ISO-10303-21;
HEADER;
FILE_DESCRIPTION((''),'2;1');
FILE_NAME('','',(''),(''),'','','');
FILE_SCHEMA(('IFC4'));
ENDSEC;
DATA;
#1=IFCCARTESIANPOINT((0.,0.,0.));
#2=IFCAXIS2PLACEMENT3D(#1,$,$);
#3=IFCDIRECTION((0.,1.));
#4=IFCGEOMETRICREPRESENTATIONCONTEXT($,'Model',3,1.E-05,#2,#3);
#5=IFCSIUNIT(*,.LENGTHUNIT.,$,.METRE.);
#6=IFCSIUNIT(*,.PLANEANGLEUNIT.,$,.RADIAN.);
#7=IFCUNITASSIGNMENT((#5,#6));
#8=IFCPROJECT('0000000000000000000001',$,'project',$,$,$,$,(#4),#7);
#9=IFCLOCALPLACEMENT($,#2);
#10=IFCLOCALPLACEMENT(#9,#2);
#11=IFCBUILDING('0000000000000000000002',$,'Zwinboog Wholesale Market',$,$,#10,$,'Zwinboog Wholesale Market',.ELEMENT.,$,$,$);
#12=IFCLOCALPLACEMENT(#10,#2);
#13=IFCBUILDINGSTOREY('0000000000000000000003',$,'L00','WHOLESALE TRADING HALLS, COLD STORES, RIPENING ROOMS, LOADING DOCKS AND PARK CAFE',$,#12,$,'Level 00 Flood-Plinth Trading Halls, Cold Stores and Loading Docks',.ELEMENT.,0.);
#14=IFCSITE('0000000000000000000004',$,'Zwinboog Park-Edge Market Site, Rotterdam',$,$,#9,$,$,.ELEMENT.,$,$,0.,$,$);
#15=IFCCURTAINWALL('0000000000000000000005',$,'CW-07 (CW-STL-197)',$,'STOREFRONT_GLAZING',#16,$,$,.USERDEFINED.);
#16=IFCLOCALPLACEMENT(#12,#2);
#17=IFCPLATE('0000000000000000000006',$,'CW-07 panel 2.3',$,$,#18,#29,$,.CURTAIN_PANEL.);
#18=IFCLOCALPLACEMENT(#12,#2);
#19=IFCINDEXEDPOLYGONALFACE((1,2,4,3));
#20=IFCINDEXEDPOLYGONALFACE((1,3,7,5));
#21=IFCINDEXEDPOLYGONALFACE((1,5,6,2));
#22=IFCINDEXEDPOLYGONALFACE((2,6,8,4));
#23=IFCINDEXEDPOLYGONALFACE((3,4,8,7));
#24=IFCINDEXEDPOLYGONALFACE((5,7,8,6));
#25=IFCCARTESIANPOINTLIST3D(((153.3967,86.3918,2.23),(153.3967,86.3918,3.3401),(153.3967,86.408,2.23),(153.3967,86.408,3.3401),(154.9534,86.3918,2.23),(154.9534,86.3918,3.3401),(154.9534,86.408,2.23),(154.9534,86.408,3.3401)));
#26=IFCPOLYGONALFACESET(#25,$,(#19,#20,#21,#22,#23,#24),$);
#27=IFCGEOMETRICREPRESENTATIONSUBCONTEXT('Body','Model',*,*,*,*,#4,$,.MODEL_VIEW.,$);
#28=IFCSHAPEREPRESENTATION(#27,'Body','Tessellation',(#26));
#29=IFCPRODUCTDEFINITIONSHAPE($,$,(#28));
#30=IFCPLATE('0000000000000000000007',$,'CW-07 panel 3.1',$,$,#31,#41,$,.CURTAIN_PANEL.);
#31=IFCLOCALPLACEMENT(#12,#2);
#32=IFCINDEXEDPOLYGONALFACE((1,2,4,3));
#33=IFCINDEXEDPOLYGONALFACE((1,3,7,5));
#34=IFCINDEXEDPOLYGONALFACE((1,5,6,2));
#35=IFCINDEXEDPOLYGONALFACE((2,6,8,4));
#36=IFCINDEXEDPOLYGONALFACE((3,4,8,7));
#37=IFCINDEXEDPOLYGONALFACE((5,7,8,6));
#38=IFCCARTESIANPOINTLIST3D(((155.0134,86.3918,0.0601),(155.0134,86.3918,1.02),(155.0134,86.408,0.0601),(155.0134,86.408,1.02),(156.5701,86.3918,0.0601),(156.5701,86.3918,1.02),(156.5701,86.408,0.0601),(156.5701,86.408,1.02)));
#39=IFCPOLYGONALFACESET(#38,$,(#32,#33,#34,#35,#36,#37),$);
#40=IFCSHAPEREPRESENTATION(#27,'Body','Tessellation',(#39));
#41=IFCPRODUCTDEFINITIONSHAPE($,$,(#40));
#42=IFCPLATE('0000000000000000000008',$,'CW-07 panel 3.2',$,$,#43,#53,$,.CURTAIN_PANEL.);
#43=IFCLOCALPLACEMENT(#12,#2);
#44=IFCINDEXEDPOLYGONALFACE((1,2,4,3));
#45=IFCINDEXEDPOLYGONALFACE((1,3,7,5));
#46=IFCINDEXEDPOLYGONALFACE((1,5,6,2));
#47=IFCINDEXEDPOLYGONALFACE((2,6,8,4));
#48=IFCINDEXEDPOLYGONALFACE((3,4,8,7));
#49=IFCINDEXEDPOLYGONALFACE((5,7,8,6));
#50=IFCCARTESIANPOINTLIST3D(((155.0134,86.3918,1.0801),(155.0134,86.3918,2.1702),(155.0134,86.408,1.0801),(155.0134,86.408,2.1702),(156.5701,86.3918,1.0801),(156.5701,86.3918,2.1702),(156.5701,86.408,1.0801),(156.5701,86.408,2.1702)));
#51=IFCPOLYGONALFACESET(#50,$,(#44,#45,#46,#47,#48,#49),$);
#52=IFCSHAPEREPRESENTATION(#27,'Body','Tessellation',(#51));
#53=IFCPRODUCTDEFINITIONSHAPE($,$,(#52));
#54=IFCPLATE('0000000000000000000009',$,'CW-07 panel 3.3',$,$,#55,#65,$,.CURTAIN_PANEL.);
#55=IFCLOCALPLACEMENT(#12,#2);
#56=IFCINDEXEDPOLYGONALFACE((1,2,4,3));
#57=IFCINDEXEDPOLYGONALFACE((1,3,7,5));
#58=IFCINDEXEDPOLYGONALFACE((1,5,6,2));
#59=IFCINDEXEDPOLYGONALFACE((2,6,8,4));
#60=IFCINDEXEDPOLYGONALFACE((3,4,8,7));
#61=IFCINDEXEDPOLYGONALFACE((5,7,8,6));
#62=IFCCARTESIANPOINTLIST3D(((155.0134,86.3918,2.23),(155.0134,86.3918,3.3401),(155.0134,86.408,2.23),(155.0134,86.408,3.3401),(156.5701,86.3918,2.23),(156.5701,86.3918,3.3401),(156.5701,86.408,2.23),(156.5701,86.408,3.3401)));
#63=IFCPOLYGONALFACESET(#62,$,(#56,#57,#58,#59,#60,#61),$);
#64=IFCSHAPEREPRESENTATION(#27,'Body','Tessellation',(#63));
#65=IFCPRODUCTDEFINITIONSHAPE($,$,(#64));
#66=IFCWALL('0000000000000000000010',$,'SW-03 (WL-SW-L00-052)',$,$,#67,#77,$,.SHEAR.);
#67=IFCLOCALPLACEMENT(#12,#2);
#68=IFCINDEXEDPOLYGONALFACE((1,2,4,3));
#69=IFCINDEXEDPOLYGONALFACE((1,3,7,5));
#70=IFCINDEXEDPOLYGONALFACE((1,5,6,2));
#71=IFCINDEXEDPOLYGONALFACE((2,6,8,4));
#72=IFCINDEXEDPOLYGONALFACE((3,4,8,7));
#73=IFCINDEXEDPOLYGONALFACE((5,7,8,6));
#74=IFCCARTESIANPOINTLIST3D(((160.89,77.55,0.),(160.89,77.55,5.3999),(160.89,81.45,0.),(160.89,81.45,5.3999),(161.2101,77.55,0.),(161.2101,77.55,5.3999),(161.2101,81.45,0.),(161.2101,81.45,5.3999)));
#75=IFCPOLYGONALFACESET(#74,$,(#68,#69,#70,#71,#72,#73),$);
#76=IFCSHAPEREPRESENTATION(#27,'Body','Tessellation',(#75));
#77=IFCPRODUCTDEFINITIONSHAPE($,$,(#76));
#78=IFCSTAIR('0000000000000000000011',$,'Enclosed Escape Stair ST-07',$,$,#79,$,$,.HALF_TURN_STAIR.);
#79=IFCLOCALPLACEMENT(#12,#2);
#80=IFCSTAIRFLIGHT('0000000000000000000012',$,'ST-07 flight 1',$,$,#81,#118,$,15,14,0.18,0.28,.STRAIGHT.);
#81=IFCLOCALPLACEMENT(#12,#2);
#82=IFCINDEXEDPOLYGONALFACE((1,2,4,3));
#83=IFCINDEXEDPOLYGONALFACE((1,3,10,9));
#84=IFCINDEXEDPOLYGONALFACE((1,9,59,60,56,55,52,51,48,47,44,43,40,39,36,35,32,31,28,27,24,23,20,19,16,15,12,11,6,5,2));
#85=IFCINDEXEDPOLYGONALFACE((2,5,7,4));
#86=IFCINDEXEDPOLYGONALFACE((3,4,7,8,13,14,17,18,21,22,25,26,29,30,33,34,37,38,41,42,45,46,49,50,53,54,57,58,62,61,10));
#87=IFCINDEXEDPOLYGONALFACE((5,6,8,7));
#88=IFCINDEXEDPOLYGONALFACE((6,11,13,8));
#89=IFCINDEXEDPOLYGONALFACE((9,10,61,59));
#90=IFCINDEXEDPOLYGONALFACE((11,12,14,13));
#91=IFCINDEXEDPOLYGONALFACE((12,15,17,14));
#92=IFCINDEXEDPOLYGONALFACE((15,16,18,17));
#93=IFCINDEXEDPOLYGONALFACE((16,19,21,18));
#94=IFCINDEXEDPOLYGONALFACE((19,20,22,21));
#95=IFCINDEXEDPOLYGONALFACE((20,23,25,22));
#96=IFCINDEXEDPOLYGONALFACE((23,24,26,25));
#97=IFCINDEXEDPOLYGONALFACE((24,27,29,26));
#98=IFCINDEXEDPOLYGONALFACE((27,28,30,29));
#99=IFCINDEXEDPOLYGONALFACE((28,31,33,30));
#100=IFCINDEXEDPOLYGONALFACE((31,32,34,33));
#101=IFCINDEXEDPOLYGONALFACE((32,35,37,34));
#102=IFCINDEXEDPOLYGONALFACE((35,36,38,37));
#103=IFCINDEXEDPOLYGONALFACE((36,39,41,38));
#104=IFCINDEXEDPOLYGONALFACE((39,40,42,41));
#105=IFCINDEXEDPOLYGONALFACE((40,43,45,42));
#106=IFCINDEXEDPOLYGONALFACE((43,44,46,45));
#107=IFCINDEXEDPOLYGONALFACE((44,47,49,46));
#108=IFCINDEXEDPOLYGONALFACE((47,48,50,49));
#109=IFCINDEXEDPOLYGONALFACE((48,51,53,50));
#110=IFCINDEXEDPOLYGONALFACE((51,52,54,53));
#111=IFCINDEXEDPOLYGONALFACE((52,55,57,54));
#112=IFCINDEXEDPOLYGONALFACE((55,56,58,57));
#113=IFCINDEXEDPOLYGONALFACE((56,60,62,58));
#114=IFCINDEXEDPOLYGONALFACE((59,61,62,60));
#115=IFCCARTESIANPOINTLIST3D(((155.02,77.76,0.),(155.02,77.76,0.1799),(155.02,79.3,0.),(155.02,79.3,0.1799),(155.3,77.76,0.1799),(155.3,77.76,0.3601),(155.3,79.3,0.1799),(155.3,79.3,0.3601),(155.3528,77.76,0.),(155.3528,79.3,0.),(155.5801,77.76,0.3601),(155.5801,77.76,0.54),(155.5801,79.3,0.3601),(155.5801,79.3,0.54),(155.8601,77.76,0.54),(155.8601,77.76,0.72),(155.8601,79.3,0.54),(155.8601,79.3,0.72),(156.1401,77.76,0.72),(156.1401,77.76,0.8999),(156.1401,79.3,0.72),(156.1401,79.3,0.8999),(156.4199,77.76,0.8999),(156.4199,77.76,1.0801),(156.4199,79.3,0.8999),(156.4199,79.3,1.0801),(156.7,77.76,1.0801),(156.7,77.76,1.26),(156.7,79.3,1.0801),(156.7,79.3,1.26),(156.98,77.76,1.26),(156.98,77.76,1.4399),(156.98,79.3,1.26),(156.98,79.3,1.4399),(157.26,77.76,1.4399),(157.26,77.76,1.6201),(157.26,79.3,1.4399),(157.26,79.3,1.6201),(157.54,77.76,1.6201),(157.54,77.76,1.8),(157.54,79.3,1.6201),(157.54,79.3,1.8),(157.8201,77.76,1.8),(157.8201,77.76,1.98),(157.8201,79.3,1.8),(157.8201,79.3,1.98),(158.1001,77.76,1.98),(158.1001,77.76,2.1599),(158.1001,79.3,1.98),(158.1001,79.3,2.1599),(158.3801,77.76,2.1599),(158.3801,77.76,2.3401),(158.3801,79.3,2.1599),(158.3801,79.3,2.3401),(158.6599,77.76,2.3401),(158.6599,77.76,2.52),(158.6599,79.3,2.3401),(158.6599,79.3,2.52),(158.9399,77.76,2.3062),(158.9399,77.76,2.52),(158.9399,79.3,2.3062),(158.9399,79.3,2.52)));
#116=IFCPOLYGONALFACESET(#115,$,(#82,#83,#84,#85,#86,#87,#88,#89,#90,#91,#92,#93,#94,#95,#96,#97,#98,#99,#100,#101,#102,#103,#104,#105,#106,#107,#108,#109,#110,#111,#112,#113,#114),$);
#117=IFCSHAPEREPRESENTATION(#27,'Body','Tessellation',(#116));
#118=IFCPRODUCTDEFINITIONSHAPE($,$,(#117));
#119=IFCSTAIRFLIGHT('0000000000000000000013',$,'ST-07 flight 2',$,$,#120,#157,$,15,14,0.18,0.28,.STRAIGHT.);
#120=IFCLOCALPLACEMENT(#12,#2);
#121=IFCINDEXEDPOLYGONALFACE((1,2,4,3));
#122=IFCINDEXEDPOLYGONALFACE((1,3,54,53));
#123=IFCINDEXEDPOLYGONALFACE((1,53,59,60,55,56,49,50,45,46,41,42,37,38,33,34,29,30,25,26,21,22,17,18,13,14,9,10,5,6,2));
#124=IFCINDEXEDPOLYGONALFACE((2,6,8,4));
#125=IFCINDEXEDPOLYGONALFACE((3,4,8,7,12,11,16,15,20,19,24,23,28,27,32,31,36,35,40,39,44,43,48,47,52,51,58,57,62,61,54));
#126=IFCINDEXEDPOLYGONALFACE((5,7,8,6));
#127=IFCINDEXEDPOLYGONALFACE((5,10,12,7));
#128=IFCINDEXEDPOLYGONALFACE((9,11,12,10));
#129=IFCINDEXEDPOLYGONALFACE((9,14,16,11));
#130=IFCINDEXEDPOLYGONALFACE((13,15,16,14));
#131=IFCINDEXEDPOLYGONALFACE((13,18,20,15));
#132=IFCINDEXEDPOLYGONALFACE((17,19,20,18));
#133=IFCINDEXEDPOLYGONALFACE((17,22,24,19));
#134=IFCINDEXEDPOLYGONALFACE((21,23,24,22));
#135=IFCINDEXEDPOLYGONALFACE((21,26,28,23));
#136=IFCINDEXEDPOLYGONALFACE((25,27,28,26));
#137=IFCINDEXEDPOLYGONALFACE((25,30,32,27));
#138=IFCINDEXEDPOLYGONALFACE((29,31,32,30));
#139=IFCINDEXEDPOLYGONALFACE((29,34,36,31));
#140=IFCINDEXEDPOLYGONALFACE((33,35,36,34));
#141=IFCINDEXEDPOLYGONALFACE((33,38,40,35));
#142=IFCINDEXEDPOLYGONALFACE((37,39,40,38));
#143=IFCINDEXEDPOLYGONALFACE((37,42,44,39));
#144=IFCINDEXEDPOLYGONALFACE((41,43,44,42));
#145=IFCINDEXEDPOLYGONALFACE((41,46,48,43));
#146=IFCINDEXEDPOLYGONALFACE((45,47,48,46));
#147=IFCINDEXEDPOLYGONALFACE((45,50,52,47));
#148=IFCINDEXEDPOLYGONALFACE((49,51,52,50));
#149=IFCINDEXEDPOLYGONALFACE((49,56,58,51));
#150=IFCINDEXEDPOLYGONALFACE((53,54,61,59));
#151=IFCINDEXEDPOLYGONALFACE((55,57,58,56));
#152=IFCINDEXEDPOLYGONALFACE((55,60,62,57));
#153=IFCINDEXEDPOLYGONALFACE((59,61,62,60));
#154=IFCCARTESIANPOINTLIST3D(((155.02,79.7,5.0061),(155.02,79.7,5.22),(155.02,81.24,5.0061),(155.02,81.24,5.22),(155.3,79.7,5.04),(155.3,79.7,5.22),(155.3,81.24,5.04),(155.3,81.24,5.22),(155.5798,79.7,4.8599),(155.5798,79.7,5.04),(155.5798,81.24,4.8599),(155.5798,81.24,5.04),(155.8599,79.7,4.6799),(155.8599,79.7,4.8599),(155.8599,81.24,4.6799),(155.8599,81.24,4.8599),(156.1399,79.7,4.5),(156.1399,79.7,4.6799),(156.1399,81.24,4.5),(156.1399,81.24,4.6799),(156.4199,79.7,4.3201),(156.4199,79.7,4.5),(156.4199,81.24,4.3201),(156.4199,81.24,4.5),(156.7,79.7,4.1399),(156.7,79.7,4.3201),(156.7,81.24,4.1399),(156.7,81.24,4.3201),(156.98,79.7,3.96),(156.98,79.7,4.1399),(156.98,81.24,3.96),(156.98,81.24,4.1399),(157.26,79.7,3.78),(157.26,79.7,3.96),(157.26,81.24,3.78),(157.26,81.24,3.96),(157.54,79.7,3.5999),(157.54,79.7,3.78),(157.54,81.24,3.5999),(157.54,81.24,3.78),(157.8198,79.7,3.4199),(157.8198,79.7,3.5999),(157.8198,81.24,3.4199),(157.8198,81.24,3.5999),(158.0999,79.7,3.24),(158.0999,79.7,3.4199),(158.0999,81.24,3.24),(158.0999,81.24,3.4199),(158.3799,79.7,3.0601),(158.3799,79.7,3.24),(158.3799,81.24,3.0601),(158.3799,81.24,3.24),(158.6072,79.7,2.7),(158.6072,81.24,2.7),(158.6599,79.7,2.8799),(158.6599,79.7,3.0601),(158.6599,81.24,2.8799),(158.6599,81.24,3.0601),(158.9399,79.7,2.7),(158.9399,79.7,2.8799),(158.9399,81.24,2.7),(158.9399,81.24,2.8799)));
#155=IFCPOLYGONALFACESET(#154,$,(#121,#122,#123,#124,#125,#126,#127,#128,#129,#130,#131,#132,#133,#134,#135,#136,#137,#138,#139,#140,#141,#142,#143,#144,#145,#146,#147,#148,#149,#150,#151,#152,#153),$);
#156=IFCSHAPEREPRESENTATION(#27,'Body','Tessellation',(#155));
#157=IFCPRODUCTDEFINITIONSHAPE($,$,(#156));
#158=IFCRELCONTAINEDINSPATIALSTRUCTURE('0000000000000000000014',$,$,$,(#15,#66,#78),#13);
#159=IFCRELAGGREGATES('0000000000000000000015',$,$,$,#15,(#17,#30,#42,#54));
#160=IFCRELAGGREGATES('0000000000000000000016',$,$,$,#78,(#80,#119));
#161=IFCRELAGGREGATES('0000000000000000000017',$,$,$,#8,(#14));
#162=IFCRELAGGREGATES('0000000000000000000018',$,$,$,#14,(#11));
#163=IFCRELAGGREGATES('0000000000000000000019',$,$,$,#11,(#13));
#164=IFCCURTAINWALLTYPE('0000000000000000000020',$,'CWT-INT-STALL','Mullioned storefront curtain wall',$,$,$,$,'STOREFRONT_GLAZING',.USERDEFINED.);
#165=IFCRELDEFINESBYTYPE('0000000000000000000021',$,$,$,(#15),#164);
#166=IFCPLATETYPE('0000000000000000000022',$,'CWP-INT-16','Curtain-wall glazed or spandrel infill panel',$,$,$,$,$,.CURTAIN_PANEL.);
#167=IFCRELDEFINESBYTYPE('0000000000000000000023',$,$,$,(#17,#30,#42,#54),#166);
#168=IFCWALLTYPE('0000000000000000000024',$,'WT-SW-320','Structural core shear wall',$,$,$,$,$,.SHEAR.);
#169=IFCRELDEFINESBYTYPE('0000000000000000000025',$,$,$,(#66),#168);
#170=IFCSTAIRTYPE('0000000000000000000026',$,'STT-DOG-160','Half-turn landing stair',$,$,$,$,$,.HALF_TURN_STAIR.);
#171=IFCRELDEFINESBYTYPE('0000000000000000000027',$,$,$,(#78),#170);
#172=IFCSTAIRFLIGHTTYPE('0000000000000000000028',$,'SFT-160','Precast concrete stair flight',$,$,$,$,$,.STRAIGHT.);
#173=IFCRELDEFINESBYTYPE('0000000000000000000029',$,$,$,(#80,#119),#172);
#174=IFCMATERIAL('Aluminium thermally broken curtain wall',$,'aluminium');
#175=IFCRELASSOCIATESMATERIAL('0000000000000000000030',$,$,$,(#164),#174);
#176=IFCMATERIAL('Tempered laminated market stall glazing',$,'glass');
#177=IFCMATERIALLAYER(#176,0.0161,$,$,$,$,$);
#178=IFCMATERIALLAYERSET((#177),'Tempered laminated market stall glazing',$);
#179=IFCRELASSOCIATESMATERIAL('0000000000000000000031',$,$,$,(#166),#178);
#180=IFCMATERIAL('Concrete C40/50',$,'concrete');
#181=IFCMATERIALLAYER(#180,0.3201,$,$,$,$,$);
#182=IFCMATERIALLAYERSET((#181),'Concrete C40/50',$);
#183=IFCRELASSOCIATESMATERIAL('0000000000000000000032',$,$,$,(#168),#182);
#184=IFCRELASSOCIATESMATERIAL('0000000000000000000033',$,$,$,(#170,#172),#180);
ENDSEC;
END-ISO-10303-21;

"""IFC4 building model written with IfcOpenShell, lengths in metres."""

from ifc_helpers import new_model, si_unit, direction, frame, frame_2d, origin, origin_2d, place, context, subcontext, project, spatial, polyline, rectangle, outline, extrude, material, layer, layer_set, type_object, element, aggregate, save


model = new_model("IFC4")

# Units and contexts
model_context = context("Model", 3, precision=1e-05, world=origin(), true_north=direction((0.0, 1.0)))
body_context = subcontext(model_context, "Body", "Model", "MODEL_VIEW")
ifc_project = project(units=[si_unit("LENGTHUNIT", "METRE"), si_unit("PLANEANGLEUNIT", "RADIAN")], contexts=[model_context])

# Site, building, storey
site_placement = place(None, origin())
site = spatial("IfcSite", under=ifc_project, at=site_placement, Name="Zwinboog Park-Edge Market Site, Rotterdam", CompositionType="ELEMENT", RefElevation=0.0)
building_placement = place(site_placement, origin())
building = spatial("IfcBuilding", under=site, at=building_placement, Name="Zwinboog Wholesale Market", LongName="Zwinboog Wholesale Market", CompositionType="ELEMENT")
storey_placement = place(building_placement, origin())
storey = spatial("IfcBuildingStorey", under=building, at=storey_placement, Name="L00", Description="WHOLESALE TRADING HALLS, COLD STORES, RIPENING ROOMS, LOADING DOCKS AND PARK CAFE", LongName="Level 00 Flood-Plinth Trading Halls, Cold Stores and Loading Docks", CompositionType="ELEMENT", Elevation=0.0)

# Shared definitions
ifc_material_1 = material(Name="Concrete C40/50", Category="concrete")

# Curtain wall, plates
ifc_material_2 = material(Name="Aluminium thermally broken curtain wall", Category="aluminium")
curtain_wall_type = type_object("IfcCurtainWallType", Name="CWT-INT-STALL", Description="Mullioned storefront curtain wall", ElementType="STOREFRONT_GLAZING", PredefinedType="USERDEFINED", material=ifc_material_2)
curtain_wall_placement = place(storey_placement, origin())
curtain_wall = element("IfcCurtainWall", 1, at=curtain_wall_placement, inside=storey, type_object=curtain_wall_type, Name="CW-07 (CW-STL-197)", ObjectType="STOREFRONT_GLAZING", PredefinedType="USERDEFINED")
ifc_material_3 = material(Name="Tempered laminated market stall glazing", Category="glass")
ifc_layer_1 = layer(ifc_material_3, 0.0161)
ifc_layer_set_1 = layer_set([ifc_layer_1], Name="Tempered laminated market stall glazing")
plate_type = type_object("IfcPlateType", Name="CWP-INT-16", Description="Curtain-wall glazed or spandrel infill panel", PredefinedType="CURTAIN_PANEL", material=ifc_layer_set_1)
plate_1_placement = place(storey_placement, frame((154.175, 86.3999, 2.23), z_axis=(0.0, 0.0, 1.0), x_axis=(1.0, 0.0, 0.0)))
plate_1 = element("IfcPlate", 2, at=plate_1_placement, type_object=plate_type, Name="CW-07 panel 2.3", PredefinedType="CURTAIN_PANEL", context=body_context, shape_type="SweptSolid", body=[
    extrude(rectangle(XDim=1.5566, YDim=0.0161, at=origin_2d()), origin(), (0.0, 0.0, 1.0), 1.1101),
])
plate_2_placement = place(storey_placement, frame((155.7917, 86.3999, 0.0601), z_axis=(0.0, 0.0, 1.0), x_axis=(1.0, 0.0, 0.0)))
plate_2 = element("IfcPlate", 3, at=plate_2_placement, type_object=plate_type, Name="CW-07 panel 3.1", PredefinedType="CURTAIN_PANEL", context=body_context, shape_type="SweptSolid", body=[
    extrude(rectangle(XDim=1.5566, YDim=0.0161, at=origin_2d()), origin(), (0.0, 0.0, 1.0), 0.96),
])
plate_3_placement = place(storey_placement, frame((155.7917, 86.3999, 1.0801), z_axis=(0.0, 0.0, 1.0), x_axis=(1.0, 0.0, 0.0)))
plate_3 = element("IfcPlate", 4, at=plate_3_placement, type_object=plate_type, Name="CW-07 panel 3.2", PredefinedType="CURTAIN_PANEL", context=body_context, shape_type="SweptSolid", body=[
    extrude(rectangle(XDim=1.5566, YDim=0.0161, at=origin_2d()), origin(), (0.0, 0.0, 1.0), 1.0901),
])
plate_4_placement = place(storey_placement, frame((155.7917, 86.3999, 2.23), z_axis=(0.0, 0.0, 1.0), x_axis=(1.0, 0.0, 0.0)))
plate_4 = element("IfcPlate", 5, at=plate_4_placement, type_object=plate_type, Name="CW-07 panel 3.3", PredefinedType="CURTAIN_PANEL", context=body_context, shape_type="SweptSolid", body=[
    extrude(rectangle(XDim=1.5566, YDim=0.0161, at=origin_2d()), origin(), (0.0, 0.0, 1.0), 1.1101),
])
aggregate(curtain_wall, [plate_1, plate_2, plate_3, plate_4])

# Wall
ifc_layer_2 = layer(ifc_material_1, 0.3201)
ifc_layer_set_2 = layer_set([ifc_layer_2], Name="Concrete C40/50")
wall_type = type_object("IfcWallType", Name="WT-SW-320", Description="Structural core shear wall", PredefinedType="SHEAR", material=ifc_layer_set_2)
wall_placement = place(storey_placement, frame((161.05, 77.55, 0.0), z_axis=(0.0, 0.0, 1.0), x_axis=(0.0, 1.0, 0.0)))
element("IfcWall", 6, at=wall_placement, inside=storey, type_object=wall_type, Name="SW-03 (WL-SW-L00-052)", PredefinedType="SHEAR", context=body_context, shape_type="SweptSolid", body=[
    extrude(rectangle(XDim=3.8999, YDim=0.3201, at=frame_2d((1.95, 0.0))), origin(), (0.0, 0.0, 1.0), 5.3999),
])

# Stair, stair flights
stair_type = type_object("IfcStairType", Name="STT-DOG-160", Description="Half-turn landing stair", PredefinedType="HALF_TURN_STAIR", material=ifc_material_1)
stair_placement = place(storey_placement, origin())
stair = element("IfcStair", 7, at=stair_placement, inside=storey, type_object=stair_type, Name="Enclosed Escape Stair ST-07", PredefinedType="HALF_TURN_STAIR")
stair_flight_type = type_object("IfcStairFlightType", Name="SFT-160", Description="Precast concrete stair flight", PredefinedType="STRAIGHT", material=ifc_material_1)
stair_flight_1_placement = place(storey_placement, frame((155.02, 78.53, 0.0), z_axis=(0.0, 0.0, 1.0), x_axis=(1.0, 0.0, 0.0)))
stair_flight_1 = element("IfcStairFlight", 8, at=stair_flight_1_placement, type_object=stair_flight_type, Name="ST-07 flight 1", NumberOfRisers=15, NumberOfTreads=14, PredefinedType="STRAIGHT", RiserHeight=0.18, TreadLength=0.28, context=body_context, shape_type="SweptSolid", body=[
    extrude(outline(polyline([(0.0, 0.0), (0.0, 0.1799), (0.28, 0.1799), (0.28, 0.3601), (0.5601, 0.3601), (0.5601, 0.54), (0.8401, 0.54), (0.8401, 0.72), (1.1201, 0.72), (1.1201, 0.8999), (1.3999, 0.8999), (1.3999, 1.0801), (1.6799, 1.0801), (1.6799, 1.26), (1.96, 1.26), (1.96, 1.4399), (2.24, 1.4399), (2.24, 1.6201), (2.52, 1.6201), (2.52, 1.8), (2.8, 1.8), (2.8, 1.98), (3.0801, 1.98), (3.0801, 2.1599), (3.3601, 2.1599), (3.3601, 2.3401), (3.6399, 2.3401), (3.6399, 2.52), (3.9199, 2.52), (3.9199, 2.7), (3.9199, 2.3062), (0.3328, 0.0), (0.0, 0.0)])), frame((0.0, 0.77, 0.0), z_axis=(0.0, -1.0, 0.0), x_axis=(1.0, 0.0, 0.0)), (0.0, 0.0, 1.0), 1.54),
])
stair_flight_2_placement = place(storey_placement, frame((158.9399, 80.47, 2.7), z_axis=(0.0, 0.0, 1.0), x_axis=(-1.0, 0.0, 0.0)))
stair_flight_2 = element("IfcStairFlight", 9, at=stair_flight_2_placement, type_object=stair_flight_type, Name="ST-07 flight 2", NumberOfRisers=15, NumberOfTreads=14, PredefinedType="STRAIGHT", RiserHeight=0.18, TreadLength=0.28, context=body_context, shape_type="SweptSolid", body=[
    extrude(outline(polyline([(0.0, 0.0), (0.0, 0.1799), (0.28, 0.1799), (0.28, 0.3601), (0.5601, 0.3601), (0.5601, 0.54), (0.8401, 0.54), (0.8401, 0.72), (1.1201, 0.72), (1.1201, 0.8999), (1.3999, 0.8999), (1.3999, 1.0801), (1.6799, 1.0801), (1.6799, 1.26), (1.96, 1.26), (1.96, 1.4399), (2.24, 1.4399), (2.24, 1.6201), (2.52, 1.6201), (2.52, 1.8), (2.8, 1.8), (2.8, 1.98), (3.0801, 1.98), (3.0801, 2.1599), (3.3601, 2.1599), (3.3601, 2.3401), (3.6399, 2.3401), (3.6399, 2.52), (3.9199, 2.52), (3.9199, 2.7), (3.9199, 2.3062), (0.3328, 0.0), (0.0, 0.0)])), frame((0.0, 0.77, 0.0), z_axis=(0.0, -1.0, 0.0), x_axis=(1.0, 0.0, 0.0)), (0.0, 0.0, 1.0), 1.54),
])
aggregate(stair, [stair_flight_1, stair_flight_2])

save(model, "model.ifc")
